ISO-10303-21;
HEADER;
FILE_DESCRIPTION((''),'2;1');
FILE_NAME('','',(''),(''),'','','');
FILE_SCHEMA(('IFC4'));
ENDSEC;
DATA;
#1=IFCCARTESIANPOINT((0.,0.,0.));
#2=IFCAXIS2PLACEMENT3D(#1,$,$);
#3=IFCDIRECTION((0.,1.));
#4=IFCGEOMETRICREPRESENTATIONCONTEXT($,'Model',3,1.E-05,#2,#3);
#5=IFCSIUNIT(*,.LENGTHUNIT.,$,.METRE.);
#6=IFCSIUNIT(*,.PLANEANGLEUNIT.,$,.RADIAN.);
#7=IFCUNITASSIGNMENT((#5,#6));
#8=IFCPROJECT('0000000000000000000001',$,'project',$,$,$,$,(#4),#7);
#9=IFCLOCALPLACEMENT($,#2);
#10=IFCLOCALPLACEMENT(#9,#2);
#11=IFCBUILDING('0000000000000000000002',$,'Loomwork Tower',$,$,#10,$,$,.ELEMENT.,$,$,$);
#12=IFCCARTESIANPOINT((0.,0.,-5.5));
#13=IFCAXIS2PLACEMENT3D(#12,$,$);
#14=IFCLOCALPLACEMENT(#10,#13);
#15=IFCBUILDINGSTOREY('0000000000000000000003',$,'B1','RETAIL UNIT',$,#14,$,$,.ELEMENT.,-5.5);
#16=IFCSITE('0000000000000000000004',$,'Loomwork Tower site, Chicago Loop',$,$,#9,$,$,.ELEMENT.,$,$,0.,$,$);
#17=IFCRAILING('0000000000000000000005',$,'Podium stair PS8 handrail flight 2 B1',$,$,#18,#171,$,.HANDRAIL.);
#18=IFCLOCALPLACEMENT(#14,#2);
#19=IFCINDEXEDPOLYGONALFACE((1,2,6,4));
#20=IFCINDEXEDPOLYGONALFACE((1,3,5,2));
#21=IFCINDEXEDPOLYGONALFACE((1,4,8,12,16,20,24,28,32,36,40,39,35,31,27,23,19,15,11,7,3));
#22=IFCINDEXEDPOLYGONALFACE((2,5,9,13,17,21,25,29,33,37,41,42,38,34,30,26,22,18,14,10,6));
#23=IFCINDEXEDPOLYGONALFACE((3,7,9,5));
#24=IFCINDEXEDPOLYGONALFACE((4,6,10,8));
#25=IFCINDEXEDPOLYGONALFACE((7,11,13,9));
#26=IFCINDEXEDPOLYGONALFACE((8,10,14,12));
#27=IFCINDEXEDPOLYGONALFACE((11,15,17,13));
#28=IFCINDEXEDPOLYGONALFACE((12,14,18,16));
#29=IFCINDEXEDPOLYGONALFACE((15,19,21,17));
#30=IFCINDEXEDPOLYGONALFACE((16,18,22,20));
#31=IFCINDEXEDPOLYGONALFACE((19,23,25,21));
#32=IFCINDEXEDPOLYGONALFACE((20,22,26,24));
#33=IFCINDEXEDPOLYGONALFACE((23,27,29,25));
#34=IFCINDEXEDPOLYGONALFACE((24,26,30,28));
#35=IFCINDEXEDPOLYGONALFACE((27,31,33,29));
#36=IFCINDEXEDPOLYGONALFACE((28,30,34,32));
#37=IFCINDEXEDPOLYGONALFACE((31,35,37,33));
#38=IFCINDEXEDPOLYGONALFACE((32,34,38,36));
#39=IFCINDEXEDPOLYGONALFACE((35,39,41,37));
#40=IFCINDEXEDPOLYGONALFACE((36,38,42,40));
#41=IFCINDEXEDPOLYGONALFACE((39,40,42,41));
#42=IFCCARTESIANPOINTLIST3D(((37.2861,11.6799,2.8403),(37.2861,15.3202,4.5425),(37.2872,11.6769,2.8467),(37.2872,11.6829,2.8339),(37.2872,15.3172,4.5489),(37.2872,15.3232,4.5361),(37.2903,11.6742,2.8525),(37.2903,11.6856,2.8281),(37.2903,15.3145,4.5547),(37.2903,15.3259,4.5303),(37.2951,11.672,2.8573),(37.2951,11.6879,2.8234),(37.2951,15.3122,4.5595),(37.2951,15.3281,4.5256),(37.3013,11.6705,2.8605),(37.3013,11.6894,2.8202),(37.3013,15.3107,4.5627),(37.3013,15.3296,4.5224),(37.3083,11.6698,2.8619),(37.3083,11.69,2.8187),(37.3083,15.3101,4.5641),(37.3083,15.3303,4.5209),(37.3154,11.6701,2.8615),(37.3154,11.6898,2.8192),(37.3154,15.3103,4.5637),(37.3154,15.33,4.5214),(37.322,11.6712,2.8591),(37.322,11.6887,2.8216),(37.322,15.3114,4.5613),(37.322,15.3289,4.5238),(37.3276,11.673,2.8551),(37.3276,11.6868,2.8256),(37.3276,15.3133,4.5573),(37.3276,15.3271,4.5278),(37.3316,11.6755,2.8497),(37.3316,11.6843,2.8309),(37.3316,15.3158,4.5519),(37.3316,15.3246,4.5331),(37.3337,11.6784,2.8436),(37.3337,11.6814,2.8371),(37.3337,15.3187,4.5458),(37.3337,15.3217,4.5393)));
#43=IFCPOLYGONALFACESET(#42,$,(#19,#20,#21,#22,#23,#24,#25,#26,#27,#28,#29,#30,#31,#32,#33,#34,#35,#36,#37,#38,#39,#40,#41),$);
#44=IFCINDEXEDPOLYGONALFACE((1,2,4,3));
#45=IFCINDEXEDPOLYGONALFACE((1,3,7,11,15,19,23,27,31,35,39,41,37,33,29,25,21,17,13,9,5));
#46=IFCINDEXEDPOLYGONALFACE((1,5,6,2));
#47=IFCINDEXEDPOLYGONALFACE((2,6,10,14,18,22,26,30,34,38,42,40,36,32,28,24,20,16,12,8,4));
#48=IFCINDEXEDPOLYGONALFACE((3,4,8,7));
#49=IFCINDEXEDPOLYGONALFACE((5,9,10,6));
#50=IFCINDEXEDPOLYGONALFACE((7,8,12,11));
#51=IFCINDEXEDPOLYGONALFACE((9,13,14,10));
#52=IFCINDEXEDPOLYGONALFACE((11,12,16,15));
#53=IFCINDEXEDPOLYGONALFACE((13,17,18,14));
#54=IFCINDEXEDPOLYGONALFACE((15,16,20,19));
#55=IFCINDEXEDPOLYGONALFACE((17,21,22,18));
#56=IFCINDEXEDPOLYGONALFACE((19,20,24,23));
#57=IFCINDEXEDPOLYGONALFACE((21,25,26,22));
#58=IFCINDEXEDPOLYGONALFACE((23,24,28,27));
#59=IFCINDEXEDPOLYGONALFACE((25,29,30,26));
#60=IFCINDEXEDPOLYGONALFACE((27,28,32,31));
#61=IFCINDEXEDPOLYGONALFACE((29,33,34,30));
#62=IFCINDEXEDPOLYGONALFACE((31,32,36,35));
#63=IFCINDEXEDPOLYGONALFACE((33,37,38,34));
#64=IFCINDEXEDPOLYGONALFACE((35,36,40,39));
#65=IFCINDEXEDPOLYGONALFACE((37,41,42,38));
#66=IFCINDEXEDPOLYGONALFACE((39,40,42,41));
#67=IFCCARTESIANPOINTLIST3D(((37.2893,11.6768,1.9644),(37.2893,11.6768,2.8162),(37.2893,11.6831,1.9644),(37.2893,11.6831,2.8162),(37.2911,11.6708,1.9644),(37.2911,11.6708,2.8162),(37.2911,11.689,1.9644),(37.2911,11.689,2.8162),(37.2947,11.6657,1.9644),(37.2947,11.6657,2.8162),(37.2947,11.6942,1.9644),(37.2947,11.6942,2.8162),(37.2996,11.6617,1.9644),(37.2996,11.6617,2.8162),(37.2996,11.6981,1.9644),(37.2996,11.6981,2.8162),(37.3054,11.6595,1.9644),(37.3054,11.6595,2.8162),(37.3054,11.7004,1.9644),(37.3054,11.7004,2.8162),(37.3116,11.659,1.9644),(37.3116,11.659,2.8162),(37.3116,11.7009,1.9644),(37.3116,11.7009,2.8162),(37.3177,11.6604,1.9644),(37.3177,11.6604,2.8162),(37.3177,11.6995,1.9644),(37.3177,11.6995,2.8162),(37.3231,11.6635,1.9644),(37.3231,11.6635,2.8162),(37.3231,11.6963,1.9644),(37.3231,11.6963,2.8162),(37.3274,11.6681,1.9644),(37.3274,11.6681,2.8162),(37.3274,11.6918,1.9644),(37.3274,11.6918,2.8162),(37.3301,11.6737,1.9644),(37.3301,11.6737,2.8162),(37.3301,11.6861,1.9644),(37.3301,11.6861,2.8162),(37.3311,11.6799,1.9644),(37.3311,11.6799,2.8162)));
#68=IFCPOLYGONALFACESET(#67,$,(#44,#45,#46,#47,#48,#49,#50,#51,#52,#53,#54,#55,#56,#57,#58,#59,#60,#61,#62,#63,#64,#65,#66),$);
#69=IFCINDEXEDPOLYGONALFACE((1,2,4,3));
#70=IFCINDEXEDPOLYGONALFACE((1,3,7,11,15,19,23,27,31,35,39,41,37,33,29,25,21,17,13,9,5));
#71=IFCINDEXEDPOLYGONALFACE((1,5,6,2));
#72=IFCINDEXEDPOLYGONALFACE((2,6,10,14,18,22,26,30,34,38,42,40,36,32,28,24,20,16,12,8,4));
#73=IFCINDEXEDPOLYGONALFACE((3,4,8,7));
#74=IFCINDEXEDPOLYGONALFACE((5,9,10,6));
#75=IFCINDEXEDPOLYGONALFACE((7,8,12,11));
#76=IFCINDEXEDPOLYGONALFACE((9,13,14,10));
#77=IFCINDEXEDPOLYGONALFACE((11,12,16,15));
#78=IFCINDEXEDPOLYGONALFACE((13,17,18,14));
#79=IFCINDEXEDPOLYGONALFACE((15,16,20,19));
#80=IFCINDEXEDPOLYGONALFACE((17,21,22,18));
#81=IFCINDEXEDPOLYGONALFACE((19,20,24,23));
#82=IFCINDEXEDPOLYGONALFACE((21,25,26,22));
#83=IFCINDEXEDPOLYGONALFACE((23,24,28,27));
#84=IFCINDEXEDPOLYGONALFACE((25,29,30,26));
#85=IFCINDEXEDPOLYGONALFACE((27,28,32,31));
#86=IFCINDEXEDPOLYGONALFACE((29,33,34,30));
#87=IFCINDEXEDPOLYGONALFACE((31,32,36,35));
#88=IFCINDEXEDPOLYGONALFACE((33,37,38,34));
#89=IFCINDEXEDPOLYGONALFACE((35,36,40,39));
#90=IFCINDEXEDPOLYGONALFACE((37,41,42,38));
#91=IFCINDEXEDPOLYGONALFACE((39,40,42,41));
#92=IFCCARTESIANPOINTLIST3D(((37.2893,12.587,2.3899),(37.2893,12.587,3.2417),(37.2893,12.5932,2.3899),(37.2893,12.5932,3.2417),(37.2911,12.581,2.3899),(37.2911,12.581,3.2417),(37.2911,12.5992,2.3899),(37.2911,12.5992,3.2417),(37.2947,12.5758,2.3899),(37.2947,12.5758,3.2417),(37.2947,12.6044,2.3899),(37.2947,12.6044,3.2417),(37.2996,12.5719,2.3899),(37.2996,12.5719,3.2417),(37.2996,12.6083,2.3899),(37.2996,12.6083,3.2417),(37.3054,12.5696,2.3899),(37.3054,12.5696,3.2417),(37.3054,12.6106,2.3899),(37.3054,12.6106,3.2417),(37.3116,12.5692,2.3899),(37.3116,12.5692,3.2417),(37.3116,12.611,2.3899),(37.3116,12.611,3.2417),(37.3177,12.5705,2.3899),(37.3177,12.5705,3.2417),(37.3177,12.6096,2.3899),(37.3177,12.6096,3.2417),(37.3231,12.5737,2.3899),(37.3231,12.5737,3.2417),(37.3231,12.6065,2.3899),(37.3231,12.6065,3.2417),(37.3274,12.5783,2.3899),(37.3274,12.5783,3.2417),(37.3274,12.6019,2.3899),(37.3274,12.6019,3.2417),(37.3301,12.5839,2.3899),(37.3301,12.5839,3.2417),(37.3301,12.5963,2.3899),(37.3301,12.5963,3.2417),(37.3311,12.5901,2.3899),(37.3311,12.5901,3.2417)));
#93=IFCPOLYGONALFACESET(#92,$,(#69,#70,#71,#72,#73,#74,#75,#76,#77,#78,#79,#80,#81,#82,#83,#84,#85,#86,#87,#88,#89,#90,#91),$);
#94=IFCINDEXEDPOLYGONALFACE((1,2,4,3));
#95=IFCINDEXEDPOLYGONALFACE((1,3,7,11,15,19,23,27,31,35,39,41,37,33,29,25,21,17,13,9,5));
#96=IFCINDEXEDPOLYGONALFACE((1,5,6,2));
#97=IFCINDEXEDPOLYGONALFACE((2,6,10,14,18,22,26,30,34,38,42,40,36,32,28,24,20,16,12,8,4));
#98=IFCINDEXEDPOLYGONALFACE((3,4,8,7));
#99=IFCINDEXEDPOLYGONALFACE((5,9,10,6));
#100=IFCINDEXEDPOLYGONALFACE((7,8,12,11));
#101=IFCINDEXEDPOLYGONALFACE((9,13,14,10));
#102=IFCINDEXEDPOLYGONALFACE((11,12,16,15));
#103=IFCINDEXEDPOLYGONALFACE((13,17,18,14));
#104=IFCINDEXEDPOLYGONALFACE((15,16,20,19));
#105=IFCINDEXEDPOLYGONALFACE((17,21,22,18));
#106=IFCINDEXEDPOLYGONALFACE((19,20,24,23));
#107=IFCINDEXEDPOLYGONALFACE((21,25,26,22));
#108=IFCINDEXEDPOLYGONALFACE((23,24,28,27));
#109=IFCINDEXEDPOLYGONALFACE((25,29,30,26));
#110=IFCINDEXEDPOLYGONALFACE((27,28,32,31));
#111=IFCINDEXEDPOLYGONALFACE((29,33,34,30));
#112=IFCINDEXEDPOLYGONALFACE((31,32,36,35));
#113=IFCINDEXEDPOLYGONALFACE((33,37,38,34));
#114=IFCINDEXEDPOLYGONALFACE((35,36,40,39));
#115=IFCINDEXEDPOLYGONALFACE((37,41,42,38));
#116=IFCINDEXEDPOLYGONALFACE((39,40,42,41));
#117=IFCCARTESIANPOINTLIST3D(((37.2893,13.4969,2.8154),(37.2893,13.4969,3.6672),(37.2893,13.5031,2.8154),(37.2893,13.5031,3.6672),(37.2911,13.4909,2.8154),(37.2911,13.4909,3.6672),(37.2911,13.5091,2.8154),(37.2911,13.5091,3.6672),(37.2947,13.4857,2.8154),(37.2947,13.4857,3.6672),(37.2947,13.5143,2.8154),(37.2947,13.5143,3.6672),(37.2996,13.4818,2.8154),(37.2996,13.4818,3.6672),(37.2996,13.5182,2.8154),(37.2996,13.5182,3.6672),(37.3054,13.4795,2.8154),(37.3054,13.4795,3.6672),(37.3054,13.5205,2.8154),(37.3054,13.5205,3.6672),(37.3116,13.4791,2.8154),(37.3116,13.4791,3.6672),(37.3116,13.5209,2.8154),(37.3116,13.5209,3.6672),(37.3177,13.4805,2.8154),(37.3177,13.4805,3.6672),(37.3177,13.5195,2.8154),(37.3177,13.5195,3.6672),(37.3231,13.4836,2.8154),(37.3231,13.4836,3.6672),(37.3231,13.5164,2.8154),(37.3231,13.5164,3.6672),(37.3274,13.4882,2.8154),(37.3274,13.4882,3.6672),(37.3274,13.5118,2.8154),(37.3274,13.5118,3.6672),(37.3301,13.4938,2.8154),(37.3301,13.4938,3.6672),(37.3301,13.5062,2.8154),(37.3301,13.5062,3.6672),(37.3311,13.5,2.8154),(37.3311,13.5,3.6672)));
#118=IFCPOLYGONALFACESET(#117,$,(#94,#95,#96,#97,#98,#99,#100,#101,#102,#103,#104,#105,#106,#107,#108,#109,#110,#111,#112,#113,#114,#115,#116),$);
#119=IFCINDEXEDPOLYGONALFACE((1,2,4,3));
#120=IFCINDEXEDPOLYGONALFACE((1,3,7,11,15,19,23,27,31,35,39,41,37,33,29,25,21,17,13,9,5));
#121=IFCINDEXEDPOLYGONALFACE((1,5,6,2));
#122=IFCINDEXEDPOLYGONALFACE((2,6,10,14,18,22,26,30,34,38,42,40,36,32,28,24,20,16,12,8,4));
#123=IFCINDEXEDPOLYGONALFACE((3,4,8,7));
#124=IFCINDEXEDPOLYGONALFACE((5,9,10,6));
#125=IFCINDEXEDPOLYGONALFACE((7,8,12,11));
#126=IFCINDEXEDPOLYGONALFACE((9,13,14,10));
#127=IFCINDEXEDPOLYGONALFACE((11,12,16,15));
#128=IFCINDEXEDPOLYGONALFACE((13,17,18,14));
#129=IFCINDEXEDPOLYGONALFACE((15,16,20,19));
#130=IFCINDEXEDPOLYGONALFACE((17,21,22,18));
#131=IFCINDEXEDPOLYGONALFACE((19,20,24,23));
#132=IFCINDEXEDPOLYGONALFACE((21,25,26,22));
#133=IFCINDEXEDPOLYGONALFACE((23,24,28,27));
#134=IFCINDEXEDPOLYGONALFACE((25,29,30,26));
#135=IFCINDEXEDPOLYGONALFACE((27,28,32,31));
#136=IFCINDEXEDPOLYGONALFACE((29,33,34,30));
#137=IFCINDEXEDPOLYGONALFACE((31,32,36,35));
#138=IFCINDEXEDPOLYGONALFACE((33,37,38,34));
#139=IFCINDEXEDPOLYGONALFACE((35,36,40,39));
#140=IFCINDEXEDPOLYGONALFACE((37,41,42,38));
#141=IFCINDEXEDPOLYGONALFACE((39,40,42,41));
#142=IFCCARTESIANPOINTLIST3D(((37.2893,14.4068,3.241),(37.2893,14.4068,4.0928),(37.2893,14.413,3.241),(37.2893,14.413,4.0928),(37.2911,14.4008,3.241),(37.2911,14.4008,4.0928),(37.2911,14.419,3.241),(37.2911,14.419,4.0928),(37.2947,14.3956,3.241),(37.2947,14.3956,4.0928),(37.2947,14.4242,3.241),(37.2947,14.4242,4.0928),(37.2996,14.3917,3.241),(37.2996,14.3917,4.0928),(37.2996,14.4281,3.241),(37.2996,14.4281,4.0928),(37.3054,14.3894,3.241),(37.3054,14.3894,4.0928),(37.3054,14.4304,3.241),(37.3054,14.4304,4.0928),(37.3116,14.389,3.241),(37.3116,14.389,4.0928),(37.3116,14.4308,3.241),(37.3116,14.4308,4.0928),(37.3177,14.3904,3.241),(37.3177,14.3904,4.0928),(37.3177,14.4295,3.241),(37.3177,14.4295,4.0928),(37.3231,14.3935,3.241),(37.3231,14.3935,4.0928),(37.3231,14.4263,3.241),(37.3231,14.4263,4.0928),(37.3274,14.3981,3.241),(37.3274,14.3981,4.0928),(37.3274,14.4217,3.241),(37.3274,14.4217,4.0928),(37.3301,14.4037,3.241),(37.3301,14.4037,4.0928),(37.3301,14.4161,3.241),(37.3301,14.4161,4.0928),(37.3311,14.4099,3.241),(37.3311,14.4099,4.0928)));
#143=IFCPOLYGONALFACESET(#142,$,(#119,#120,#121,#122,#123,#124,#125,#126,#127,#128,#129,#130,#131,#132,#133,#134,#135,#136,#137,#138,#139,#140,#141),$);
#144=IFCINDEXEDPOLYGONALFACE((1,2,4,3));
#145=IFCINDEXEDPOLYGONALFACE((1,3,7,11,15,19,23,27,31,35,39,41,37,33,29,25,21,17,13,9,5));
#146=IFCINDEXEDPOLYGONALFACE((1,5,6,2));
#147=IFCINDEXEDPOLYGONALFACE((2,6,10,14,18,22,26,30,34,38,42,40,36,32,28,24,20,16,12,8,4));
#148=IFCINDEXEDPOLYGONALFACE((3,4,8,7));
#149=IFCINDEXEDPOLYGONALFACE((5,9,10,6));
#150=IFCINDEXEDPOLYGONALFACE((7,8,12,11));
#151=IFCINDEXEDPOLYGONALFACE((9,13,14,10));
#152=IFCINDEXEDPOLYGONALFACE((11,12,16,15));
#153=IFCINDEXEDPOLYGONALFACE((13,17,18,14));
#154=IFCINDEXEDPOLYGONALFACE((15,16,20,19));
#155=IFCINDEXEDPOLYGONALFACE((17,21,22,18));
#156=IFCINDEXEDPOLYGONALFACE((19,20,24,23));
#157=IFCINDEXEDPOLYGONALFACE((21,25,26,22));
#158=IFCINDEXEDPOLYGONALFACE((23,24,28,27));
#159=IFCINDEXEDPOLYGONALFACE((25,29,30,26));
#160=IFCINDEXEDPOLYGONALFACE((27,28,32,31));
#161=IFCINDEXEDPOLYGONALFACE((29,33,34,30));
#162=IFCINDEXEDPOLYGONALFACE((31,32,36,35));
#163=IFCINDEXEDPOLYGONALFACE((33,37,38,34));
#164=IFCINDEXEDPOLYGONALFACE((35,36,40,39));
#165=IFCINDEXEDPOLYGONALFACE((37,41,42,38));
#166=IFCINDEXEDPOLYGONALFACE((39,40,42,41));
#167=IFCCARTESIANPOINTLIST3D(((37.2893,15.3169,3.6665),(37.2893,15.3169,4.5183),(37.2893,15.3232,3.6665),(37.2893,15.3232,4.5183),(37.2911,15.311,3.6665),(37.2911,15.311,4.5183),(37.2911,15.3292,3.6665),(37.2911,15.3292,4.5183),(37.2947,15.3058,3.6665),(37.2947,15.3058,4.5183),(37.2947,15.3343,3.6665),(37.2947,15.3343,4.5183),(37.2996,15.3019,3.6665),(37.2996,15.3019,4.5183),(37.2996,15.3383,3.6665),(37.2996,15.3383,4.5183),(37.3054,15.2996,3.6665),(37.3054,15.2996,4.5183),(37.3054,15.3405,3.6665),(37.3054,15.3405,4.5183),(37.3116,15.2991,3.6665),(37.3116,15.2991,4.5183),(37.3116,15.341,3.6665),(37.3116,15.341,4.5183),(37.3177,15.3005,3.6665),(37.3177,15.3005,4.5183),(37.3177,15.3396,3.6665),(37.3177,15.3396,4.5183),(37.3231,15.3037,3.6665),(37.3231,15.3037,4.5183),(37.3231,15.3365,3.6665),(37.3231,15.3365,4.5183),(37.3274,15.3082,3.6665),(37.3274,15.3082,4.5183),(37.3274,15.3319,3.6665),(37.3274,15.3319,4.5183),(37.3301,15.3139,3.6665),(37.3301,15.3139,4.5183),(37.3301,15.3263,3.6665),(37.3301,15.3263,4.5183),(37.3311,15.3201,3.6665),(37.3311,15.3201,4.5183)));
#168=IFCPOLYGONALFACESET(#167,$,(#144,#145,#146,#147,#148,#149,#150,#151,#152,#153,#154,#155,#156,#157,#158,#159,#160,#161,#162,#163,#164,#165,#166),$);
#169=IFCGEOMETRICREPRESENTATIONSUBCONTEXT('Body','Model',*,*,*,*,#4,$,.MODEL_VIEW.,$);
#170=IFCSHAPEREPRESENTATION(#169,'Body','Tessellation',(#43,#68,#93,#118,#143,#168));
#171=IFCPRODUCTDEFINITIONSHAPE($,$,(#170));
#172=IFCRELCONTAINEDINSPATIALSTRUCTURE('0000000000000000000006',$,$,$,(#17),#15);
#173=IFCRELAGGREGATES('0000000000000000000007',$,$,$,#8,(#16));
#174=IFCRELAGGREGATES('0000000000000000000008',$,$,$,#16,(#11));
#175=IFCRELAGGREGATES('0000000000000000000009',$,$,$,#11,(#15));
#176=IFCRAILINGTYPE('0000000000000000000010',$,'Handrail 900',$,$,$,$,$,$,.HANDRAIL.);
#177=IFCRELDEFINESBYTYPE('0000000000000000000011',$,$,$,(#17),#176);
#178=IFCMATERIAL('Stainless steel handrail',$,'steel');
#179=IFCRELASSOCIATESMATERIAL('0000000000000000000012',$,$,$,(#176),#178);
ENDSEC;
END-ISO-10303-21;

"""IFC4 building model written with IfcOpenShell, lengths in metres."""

from ifc_helpers import new_model, si_unit, direction, frame, origin, origin_2d, place, context, subcontext, project, spatial, circle, extrude, material, type_object, element, save


model = new_model("IFC4")

# Units and contexts
model_context = context("Model", 3, precision=1e-05, world=origin(), true_north=direction((0.0, 1.0)))
body_context = subcontext(model_context, "Body", "Model", "MODEL_VIEW")
ifc_project = project(units=[si_unit("LENGTHUNIT", "METRE"), si_unit("PLANEANGLEUNIT", "RADIAN")], contexts=[model_context])

# Site, building, storey
site_placement = place(None, origin())
site = spatial("IfcSite", under=ifc_project, at=site_placement, Name="Loomwork Tower site, Chicago Loop", CompositionType="ELEMENT", RefElevation=0.0)
building_placement = place(site_placement, origin())
building = spatial("IfcBuilding", under=site, at=building_placement, Name="Loomwork Tower", CompositionType="ELEMENT")
storey_placement = place(building_placement, frame((0.0, 0.0, -5.5)))
storey = spatial("IfcBuildingStorey", under=building, at=storey_placement, Name="B1", Description="RETAIL UNIT", CompositionType="ELEMENT", Elevation=-5.5)

# Railing
ifc_material_1 = material(Name="Stainless steel handrail", Category="steel")
railing_type = type_object("IfcRailingType", Name="Handrail 900", PredefinedType="HANDRAIL", material=ifc_material_1)
railing_1_placement = place(storey_placement, frame((37.3101, 11.6799, 1.9644)))
element("IfcRailing", 1, at=railing_1_placement, inside=storey, type_object=railing_type, Name="Podium stair PS8 handrail flight 2 B1", PredefinedType="HANDRAIL", context=body_context, shape_type="SweptSolid", body=[
    extrude(circle(Radius=0.0239, at=origin_2d()), frame((0.0, 0.0, 0.876), z_axis=(0.0, 0.905857, 0.423584), x_axis=(-1.0, 0.0, 0.0)), (0.0, 0.0, 1.0), 4.0186),
    extrude(circle(Radius=0.021, at=origin_2d()), origin(), (0.0, 0.0, 1.0), 0.8518),
    extrude(circle(Radius=0.021, at=origin_2d()), frame((0.0, 0.9102, 0.4255)), (0.0, 0.0, 1.0), 0.8518),
    extrude(circle(Radius=0.021, at=origin_2d()), frame((0.0, 1.8201, 0.8511)), (0.0, 0.0, 1.0), 0.8518),
    extrude(circle(Radius=0.021, at=origin_2d()), frame((0.0, 2.73, 1.2766)), (0.0, 0.0, 1.0), 0.8518),
    extrude(circle(Radius=0.021, at=origin_2d()), frame((0.0, 3.6401, 1.7021)), (0.0, 0.0, 1.0), 0.8518),
])

save(model, "model.ifc")
